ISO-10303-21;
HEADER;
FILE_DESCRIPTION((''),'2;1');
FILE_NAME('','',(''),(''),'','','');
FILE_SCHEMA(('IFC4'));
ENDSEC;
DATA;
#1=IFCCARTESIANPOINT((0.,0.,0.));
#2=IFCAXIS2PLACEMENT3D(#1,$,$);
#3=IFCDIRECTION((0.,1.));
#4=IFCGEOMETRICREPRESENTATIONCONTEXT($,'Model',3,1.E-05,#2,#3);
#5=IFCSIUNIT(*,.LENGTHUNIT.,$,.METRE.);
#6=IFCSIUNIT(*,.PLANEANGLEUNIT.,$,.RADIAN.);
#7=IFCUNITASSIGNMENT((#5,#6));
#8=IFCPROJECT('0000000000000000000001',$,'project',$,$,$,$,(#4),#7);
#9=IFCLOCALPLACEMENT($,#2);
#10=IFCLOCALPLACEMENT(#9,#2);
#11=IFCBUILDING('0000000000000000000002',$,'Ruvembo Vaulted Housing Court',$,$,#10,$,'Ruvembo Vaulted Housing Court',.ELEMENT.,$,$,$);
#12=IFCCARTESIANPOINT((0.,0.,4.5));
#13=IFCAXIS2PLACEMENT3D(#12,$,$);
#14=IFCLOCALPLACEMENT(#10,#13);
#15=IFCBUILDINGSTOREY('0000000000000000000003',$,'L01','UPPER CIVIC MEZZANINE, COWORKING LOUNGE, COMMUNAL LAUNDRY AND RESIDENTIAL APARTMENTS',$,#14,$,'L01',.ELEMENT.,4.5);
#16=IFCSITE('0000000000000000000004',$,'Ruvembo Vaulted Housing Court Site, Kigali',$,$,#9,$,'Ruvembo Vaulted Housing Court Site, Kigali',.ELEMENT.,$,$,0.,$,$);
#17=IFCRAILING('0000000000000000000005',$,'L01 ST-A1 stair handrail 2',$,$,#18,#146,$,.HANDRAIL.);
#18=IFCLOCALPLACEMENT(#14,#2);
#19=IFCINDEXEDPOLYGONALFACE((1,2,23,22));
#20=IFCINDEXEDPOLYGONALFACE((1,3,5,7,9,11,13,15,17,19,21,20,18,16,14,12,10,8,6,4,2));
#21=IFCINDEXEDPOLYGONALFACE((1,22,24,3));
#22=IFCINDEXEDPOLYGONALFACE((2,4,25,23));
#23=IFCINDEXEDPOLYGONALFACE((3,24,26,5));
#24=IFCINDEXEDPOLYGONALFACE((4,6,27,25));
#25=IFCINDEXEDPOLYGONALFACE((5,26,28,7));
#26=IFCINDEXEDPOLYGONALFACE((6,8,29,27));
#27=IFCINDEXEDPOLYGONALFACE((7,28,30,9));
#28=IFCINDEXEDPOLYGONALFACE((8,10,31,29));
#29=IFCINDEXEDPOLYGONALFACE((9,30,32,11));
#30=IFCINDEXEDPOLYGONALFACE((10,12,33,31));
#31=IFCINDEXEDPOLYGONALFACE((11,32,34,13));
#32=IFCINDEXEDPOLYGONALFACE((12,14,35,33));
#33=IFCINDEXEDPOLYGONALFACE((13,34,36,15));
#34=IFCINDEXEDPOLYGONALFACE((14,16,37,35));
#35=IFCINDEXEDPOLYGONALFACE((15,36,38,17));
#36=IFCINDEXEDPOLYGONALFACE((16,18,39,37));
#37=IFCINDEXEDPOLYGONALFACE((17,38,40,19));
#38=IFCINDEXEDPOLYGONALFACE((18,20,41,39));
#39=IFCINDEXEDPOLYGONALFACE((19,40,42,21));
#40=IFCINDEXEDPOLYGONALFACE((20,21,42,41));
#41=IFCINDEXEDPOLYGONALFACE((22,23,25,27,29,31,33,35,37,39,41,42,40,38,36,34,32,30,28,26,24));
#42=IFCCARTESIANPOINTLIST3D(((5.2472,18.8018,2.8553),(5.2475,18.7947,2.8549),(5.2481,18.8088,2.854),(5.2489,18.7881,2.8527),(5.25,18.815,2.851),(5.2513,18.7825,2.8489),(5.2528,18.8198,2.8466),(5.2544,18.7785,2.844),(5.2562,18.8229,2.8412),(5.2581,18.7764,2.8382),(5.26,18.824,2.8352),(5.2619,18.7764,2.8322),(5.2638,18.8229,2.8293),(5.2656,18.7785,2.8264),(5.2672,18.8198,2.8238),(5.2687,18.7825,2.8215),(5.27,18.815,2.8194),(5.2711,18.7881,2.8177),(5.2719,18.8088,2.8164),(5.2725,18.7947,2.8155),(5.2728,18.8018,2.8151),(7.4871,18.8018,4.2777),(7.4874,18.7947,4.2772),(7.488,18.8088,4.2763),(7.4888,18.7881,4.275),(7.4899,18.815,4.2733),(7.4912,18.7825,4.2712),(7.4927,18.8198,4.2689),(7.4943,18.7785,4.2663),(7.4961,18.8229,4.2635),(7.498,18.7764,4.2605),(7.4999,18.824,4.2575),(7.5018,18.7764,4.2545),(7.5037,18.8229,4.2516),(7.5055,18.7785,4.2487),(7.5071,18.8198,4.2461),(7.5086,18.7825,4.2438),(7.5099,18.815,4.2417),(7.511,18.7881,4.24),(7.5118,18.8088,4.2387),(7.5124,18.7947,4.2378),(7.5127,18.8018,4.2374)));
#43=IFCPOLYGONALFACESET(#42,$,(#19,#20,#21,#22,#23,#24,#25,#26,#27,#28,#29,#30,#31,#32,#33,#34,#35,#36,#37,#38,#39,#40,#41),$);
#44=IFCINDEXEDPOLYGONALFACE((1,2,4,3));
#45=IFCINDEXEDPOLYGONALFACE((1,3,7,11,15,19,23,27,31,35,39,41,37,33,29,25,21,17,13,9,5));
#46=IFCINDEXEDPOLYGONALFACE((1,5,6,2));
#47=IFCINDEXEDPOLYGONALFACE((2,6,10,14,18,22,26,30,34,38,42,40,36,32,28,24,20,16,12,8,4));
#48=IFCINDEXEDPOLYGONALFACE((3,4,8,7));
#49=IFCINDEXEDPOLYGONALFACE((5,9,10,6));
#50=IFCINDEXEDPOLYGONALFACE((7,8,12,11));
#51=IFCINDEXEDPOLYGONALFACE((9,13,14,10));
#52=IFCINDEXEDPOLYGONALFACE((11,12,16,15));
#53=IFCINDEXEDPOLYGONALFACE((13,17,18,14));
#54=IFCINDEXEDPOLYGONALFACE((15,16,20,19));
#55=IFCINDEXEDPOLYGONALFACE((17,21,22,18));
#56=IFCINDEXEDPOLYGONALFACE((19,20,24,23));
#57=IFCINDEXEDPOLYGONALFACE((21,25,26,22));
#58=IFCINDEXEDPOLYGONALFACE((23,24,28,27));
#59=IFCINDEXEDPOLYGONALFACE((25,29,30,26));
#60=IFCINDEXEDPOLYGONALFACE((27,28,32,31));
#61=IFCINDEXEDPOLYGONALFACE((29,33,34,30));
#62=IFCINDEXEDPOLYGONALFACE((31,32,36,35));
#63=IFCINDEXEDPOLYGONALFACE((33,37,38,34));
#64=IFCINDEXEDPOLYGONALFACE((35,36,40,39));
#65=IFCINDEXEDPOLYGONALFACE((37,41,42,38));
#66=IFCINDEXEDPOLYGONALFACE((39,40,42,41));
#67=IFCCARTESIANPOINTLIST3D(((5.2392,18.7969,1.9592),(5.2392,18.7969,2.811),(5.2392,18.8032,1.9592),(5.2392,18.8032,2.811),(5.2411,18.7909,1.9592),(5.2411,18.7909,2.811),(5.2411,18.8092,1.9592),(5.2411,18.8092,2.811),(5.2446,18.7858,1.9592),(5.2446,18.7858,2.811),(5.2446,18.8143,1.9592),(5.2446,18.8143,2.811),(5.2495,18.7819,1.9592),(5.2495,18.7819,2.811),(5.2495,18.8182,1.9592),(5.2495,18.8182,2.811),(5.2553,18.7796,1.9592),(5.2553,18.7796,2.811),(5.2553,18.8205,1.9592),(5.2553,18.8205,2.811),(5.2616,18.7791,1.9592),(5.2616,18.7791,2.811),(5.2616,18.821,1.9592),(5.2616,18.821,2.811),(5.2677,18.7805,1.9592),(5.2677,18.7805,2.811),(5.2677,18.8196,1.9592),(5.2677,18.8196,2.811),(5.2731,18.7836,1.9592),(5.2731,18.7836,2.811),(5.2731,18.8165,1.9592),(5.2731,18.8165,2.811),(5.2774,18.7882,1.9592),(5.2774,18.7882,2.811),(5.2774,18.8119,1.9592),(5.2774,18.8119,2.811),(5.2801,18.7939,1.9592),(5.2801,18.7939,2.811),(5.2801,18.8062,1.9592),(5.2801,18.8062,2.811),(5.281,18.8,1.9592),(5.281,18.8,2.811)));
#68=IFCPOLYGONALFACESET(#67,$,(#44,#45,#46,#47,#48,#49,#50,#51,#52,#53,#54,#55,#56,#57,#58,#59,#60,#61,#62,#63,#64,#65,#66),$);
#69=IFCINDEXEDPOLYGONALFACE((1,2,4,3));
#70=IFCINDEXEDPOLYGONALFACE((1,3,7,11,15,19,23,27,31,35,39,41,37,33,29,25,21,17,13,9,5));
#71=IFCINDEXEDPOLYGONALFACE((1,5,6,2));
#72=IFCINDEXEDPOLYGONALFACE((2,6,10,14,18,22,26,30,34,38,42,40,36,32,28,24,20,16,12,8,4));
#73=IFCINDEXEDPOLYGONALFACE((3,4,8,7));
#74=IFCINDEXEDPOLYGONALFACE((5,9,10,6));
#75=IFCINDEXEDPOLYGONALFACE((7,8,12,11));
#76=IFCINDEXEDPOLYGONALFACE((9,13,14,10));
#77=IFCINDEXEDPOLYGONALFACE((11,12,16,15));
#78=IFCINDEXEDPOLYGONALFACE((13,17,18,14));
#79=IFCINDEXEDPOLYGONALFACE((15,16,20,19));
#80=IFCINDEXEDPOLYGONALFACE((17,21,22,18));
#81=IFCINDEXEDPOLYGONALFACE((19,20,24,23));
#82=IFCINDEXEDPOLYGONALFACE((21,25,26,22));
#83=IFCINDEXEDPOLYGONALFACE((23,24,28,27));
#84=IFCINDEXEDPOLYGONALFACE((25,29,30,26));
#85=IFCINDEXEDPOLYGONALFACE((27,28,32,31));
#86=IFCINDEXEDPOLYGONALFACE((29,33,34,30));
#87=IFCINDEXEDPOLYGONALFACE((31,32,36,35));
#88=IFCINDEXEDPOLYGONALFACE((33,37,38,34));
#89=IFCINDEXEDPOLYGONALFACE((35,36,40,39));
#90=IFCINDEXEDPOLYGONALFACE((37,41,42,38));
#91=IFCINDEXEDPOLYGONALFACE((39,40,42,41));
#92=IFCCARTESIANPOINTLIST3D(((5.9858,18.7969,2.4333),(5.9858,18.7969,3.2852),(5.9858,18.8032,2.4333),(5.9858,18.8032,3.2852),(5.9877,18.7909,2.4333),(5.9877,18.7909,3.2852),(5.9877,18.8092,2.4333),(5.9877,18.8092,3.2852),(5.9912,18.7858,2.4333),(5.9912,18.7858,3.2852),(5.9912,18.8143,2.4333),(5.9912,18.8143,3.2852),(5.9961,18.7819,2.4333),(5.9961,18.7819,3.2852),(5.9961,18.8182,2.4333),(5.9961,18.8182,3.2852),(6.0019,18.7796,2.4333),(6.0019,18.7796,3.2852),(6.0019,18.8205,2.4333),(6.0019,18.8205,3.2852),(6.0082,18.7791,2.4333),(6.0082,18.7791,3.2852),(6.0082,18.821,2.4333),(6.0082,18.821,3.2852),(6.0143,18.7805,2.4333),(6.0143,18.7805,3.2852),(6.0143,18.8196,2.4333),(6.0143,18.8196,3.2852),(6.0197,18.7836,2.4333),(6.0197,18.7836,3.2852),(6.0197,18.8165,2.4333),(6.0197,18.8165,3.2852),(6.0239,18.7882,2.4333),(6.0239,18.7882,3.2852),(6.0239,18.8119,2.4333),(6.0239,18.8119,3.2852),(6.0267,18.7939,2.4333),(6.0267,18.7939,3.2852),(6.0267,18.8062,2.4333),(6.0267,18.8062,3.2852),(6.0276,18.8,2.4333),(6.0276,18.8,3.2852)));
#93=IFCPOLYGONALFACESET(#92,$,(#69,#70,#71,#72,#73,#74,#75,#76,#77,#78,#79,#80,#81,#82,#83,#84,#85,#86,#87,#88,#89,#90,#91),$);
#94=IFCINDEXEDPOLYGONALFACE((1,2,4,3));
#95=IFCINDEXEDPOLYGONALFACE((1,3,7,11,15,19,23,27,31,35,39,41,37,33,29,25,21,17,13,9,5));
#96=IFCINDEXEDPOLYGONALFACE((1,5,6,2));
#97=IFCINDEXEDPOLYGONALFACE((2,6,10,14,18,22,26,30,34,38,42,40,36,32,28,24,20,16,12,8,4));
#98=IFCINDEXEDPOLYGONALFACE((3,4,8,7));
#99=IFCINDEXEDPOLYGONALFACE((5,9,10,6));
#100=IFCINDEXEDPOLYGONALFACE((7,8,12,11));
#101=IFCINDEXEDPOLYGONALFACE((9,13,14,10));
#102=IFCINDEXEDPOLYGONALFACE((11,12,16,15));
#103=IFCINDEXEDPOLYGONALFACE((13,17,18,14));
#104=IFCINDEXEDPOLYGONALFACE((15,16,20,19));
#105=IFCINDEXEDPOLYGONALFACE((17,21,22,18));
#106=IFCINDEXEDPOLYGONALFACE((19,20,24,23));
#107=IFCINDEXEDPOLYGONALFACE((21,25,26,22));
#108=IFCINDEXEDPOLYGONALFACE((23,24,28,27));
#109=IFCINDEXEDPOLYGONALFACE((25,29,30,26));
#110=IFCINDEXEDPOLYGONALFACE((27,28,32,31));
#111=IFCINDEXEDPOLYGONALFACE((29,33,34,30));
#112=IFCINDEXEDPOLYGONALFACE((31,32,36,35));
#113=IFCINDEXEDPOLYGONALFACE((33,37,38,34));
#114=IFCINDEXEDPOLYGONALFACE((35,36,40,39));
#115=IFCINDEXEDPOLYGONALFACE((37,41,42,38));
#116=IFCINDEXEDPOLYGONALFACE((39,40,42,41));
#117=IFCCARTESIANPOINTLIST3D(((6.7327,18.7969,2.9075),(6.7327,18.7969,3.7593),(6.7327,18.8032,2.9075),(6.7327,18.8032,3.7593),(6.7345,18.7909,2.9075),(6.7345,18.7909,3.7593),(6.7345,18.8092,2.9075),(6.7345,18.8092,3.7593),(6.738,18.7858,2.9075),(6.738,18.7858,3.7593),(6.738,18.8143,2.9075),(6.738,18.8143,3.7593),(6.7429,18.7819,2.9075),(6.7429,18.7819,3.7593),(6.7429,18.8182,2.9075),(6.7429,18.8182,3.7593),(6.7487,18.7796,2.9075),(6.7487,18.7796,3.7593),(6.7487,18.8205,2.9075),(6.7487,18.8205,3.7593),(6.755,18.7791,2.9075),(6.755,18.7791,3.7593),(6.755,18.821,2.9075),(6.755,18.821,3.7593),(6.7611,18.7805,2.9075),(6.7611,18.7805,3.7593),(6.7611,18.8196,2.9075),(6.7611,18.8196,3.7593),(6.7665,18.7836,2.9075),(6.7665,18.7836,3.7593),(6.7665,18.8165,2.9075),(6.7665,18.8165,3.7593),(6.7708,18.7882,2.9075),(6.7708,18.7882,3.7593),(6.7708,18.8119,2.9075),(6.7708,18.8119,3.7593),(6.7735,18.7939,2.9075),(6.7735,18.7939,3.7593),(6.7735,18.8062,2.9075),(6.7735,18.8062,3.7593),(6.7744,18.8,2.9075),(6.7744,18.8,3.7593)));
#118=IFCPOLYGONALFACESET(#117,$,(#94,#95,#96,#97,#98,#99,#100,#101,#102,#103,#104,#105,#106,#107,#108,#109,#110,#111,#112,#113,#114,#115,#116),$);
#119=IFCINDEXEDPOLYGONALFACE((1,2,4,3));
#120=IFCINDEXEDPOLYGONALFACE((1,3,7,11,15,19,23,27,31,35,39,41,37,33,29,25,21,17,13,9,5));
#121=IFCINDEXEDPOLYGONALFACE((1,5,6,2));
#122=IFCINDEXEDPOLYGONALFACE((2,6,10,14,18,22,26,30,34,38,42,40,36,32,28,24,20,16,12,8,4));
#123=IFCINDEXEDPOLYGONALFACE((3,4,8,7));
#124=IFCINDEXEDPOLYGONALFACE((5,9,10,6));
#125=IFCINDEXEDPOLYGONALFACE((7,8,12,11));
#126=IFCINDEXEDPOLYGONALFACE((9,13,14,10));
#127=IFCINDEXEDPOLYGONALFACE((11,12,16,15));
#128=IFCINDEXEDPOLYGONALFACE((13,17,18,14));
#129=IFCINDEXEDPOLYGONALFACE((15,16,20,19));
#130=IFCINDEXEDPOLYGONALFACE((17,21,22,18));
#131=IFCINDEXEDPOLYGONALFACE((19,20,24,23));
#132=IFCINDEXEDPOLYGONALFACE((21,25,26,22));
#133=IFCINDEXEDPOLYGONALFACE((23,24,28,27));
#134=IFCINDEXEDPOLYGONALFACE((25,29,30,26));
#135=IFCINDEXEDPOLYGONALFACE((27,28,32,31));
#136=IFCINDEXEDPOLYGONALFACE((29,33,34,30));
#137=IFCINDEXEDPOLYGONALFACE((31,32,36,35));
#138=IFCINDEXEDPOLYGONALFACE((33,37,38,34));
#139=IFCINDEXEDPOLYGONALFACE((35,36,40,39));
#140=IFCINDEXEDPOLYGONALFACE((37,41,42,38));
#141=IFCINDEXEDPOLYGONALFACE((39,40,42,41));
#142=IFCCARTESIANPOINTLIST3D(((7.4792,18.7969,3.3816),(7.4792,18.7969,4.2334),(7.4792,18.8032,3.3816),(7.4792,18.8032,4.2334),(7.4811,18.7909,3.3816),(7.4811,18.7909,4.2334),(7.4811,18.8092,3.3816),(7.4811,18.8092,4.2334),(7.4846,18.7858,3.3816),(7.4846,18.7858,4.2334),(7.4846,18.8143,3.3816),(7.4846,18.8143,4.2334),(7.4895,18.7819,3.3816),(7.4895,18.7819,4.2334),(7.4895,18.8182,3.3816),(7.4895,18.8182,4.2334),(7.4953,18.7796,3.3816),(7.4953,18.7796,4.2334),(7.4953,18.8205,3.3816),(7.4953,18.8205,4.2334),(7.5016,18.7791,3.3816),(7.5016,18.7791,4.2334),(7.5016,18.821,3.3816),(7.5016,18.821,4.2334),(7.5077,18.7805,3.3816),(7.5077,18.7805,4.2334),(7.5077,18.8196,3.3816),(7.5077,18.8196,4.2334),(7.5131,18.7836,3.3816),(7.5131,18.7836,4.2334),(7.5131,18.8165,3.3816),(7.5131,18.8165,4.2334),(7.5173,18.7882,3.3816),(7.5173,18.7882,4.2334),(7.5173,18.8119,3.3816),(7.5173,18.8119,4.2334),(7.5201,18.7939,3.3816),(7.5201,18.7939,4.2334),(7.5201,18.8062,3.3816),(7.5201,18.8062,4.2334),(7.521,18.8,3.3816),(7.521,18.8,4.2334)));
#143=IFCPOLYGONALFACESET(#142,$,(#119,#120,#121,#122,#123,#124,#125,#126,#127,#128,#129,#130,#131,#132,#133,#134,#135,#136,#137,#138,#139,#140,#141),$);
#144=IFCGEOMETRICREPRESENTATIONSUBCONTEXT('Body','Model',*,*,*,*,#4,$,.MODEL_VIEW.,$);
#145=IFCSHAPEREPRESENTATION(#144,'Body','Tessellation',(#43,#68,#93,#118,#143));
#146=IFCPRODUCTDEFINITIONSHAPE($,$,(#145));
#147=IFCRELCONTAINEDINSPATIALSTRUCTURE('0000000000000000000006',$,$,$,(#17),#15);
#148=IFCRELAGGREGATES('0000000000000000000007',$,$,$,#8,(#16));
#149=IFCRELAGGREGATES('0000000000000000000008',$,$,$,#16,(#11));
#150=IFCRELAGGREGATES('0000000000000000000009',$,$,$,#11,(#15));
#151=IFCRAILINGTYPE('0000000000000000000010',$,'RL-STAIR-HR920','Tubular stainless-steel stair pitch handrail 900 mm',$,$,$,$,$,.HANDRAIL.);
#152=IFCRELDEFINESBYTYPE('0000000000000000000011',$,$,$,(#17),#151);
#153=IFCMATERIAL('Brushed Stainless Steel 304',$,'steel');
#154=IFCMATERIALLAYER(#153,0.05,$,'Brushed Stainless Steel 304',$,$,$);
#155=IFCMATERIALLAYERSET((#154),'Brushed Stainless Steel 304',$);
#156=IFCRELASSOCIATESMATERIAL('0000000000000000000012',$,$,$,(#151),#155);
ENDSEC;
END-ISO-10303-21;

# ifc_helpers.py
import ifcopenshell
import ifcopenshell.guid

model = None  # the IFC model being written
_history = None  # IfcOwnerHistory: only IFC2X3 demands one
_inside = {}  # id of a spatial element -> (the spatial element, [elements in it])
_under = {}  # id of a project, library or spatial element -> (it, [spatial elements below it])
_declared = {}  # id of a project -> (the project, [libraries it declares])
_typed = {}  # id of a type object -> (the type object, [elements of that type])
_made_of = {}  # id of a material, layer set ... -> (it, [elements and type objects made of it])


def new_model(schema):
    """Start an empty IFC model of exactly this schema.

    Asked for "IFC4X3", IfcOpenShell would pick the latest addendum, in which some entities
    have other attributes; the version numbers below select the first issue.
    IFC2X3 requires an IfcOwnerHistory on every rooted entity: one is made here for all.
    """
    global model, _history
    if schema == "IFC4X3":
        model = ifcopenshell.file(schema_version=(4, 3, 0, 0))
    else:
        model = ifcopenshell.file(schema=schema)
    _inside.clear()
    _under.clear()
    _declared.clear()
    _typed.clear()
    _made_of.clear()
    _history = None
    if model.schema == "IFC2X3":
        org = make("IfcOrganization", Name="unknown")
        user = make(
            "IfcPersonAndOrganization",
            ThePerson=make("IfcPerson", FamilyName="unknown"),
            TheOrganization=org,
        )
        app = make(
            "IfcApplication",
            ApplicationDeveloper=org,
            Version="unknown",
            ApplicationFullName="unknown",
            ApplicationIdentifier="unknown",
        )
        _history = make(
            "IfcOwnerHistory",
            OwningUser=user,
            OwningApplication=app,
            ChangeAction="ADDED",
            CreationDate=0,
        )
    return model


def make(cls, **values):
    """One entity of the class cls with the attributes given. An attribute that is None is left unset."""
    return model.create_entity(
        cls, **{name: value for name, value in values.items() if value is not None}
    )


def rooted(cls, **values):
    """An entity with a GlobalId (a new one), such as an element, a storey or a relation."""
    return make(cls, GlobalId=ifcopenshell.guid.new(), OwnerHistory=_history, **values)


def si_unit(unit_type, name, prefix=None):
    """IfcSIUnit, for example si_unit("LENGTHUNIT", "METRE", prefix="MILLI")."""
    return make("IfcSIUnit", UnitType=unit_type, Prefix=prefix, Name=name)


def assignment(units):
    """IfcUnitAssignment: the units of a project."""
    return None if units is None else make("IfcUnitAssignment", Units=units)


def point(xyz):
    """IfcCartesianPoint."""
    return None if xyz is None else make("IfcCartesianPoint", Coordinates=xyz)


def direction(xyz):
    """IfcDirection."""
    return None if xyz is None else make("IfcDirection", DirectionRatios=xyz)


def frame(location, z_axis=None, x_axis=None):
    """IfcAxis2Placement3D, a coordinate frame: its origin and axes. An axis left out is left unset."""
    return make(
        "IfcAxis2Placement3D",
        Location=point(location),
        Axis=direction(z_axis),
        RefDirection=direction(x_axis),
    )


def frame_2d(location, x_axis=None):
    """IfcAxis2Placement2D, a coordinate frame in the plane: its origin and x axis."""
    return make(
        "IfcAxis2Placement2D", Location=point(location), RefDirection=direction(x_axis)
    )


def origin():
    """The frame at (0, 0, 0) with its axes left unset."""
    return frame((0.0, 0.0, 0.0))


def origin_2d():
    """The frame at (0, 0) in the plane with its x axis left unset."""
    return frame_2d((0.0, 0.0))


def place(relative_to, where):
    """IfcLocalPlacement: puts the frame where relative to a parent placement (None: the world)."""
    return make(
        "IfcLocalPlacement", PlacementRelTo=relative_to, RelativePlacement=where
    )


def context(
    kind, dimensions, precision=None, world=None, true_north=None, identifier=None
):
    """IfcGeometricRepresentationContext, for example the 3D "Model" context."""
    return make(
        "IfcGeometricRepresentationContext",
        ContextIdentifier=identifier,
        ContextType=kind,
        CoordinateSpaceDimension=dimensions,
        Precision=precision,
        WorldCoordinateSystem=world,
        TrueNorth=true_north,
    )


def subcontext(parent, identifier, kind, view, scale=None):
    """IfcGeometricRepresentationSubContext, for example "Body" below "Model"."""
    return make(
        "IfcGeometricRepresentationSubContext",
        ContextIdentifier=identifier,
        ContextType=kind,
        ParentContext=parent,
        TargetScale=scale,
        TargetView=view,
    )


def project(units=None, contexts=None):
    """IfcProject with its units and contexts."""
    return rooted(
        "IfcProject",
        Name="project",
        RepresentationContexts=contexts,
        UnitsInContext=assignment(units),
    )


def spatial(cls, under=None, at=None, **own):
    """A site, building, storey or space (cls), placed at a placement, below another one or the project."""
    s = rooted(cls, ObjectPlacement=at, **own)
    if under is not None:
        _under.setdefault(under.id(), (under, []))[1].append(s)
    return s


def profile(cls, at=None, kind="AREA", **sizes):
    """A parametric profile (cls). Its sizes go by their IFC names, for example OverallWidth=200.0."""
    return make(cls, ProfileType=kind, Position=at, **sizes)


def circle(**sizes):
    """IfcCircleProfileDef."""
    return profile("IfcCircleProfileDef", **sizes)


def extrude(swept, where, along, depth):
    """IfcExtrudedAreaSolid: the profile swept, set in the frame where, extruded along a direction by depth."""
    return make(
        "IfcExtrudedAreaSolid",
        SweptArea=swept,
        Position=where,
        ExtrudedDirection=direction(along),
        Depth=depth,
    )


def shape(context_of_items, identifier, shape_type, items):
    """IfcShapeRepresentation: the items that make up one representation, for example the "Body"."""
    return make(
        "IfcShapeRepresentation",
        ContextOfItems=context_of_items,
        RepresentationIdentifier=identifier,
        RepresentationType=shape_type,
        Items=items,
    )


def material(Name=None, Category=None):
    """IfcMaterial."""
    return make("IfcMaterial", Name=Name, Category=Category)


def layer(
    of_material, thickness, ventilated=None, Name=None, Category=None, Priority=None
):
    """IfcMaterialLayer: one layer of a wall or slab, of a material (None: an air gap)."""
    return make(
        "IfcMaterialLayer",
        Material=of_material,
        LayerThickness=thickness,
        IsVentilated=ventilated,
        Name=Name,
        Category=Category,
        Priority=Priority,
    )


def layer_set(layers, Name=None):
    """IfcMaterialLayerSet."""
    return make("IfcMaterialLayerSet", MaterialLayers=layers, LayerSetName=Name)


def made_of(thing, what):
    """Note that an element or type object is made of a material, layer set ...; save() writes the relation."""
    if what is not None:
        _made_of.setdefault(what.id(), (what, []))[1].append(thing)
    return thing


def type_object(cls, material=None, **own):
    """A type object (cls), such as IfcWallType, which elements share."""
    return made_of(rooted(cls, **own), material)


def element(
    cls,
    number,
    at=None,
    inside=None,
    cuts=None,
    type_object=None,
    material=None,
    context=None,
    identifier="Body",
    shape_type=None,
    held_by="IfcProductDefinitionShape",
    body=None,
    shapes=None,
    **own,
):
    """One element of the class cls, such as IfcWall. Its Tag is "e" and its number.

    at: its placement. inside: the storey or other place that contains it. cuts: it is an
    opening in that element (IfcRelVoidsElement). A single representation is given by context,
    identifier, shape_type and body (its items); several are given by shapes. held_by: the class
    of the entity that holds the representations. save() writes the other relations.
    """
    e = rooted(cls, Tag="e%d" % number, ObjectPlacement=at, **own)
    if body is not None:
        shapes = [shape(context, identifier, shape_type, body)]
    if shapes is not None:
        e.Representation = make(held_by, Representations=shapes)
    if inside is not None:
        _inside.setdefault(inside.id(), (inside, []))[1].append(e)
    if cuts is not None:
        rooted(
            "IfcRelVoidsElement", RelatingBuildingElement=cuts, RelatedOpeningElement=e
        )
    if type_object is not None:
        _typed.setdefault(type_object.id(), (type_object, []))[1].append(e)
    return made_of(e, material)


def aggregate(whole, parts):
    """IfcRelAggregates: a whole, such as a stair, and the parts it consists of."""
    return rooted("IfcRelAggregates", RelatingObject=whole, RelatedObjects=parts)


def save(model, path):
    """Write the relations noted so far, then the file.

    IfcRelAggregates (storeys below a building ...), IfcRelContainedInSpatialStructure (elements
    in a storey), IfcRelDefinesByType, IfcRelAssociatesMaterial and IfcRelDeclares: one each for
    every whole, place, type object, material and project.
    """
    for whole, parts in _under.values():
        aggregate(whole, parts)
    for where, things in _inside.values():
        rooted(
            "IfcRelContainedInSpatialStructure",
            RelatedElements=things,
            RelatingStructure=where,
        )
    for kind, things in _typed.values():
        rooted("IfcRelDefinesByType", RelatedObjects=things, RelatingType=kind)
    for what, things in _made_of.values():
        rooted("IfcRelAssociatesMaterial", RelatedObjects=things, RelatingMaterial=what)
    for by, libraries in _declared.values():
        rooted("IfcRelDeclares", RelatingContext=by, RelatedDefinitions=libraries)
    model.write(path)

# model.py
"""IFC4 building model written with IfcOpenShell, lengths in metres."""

from ifc_helpers import new_model, si_unit, direction, frame, origin, origin_2d, place, context, subcontext, project, spatial, circle, extrude, material, layer, layer_set, type_object, element, save


model = new_model("IFC4")

# Units and contexts
model_context = context("Model", 3, precision=1e-05, world=origin(), true_north=direction((0.0, 1.0)))
body_context = subcontext(model_context, "Body", "Model", "MODEL_VIEW")
ifc_project = project(units=[si_unit("LENGTHUNIT", "METRE"), si_unit("PLANEANGLEUNIT", "RADIAN")], contexts=[model_context])

# Site, building, storey
site_placement = place(None, origin())
site = spatial("IfcSite", under=ifc_project, at=site_placement, Name="Ruvembo Vaulted Housing Court Site, Kigali", LongName="Ruvembo Vaulted Housing Court Site, Kigali", CompositionType="ELEMENT", RefElevation=0.0)
building_placement = place(site_placement, origin())
building = spatial("IfcBuilding", under=site, at=building_placement, Name="Ruvembo Vaulted Housing Court", LongName="Ruvembo Vaulted Housing Court", CompositionType="ELEMENT")
storey_placement = place(building_placement, frame((0.0, 0.0, 4.5)))
storey = spatial("IfcBuildingStorey", under=building, at=storey_placement, Name="L01", Description="UPPER CIVIC MEZZANINE, COWORKING LOUNGE, COMMUNAL LAUNDRY AND RESIDENTIAL APARTMENTS", LongName="L01", CompositionType="ELEMENT", Elevation=4.5)

# Railing
ifc_material_1 = material(Name="Brushed Stainless Steel 304", Category="steel")
ifc_layer_1 = layer(ifc_material_1, 0.05, Name="Brushed Stainless Steel 304")
ifc_layer_set_1 = layer_set([ifc_layer_1], Name="Brushed Stainless Steel 304")
railing_type_1 = type_object("IfcRailingType", Name="RL-STAIR-HR920", Description="Tubular stainless-steel stair pitch handrail 900 mm", PredefinedType="HANDRAIL", material=ifc_layer_set_1)
railing_1_placement = place(storey_placement, frame((5.26, 18.8, 1.9592)))
element("IfcRailing", 1, at=railing_1_placement, inside=storey, type_object=railing_type_1, Name="L01 ST-A1 stair handrail 2", PredefinedType="HANDRAIL", context=body_context, shape_type="SweptSolid", body=[
    extrude(circle(Radius=0.0239, at=origin_2d()), frame((0.0, 0.0, 0.876), z_axis=(0.844188, 0.0, 0.536048), x_axis=(0.0, 1.0, 0.0)), (0.0, 0.0, 1.0), 2.6533),
    extrude(circle(Radius=0.021, at=origin_2d()), origin(), (0.0, 0.0, 1.0), 0.8518),
    extrude(circle(Radius=0.021, at=origin_2d()), frame((0.7466, 0.0, 0.4741)), (0.0, 0.0, 1.0), 0.8518),
    extrude(circle(Radius=0.021, at=origin_2d()), frame((1.4934, 0.0, 0.9482)), (0.0, 0.0, 1.0), 0.8518),
    extrude(circle(Radius=0.021, at=origin_2d()), frame((2.24, 0.0, 1.4224)), (0.0, 0.0, 1.0), 0.8518),
])

save(model, "model.ifc")
